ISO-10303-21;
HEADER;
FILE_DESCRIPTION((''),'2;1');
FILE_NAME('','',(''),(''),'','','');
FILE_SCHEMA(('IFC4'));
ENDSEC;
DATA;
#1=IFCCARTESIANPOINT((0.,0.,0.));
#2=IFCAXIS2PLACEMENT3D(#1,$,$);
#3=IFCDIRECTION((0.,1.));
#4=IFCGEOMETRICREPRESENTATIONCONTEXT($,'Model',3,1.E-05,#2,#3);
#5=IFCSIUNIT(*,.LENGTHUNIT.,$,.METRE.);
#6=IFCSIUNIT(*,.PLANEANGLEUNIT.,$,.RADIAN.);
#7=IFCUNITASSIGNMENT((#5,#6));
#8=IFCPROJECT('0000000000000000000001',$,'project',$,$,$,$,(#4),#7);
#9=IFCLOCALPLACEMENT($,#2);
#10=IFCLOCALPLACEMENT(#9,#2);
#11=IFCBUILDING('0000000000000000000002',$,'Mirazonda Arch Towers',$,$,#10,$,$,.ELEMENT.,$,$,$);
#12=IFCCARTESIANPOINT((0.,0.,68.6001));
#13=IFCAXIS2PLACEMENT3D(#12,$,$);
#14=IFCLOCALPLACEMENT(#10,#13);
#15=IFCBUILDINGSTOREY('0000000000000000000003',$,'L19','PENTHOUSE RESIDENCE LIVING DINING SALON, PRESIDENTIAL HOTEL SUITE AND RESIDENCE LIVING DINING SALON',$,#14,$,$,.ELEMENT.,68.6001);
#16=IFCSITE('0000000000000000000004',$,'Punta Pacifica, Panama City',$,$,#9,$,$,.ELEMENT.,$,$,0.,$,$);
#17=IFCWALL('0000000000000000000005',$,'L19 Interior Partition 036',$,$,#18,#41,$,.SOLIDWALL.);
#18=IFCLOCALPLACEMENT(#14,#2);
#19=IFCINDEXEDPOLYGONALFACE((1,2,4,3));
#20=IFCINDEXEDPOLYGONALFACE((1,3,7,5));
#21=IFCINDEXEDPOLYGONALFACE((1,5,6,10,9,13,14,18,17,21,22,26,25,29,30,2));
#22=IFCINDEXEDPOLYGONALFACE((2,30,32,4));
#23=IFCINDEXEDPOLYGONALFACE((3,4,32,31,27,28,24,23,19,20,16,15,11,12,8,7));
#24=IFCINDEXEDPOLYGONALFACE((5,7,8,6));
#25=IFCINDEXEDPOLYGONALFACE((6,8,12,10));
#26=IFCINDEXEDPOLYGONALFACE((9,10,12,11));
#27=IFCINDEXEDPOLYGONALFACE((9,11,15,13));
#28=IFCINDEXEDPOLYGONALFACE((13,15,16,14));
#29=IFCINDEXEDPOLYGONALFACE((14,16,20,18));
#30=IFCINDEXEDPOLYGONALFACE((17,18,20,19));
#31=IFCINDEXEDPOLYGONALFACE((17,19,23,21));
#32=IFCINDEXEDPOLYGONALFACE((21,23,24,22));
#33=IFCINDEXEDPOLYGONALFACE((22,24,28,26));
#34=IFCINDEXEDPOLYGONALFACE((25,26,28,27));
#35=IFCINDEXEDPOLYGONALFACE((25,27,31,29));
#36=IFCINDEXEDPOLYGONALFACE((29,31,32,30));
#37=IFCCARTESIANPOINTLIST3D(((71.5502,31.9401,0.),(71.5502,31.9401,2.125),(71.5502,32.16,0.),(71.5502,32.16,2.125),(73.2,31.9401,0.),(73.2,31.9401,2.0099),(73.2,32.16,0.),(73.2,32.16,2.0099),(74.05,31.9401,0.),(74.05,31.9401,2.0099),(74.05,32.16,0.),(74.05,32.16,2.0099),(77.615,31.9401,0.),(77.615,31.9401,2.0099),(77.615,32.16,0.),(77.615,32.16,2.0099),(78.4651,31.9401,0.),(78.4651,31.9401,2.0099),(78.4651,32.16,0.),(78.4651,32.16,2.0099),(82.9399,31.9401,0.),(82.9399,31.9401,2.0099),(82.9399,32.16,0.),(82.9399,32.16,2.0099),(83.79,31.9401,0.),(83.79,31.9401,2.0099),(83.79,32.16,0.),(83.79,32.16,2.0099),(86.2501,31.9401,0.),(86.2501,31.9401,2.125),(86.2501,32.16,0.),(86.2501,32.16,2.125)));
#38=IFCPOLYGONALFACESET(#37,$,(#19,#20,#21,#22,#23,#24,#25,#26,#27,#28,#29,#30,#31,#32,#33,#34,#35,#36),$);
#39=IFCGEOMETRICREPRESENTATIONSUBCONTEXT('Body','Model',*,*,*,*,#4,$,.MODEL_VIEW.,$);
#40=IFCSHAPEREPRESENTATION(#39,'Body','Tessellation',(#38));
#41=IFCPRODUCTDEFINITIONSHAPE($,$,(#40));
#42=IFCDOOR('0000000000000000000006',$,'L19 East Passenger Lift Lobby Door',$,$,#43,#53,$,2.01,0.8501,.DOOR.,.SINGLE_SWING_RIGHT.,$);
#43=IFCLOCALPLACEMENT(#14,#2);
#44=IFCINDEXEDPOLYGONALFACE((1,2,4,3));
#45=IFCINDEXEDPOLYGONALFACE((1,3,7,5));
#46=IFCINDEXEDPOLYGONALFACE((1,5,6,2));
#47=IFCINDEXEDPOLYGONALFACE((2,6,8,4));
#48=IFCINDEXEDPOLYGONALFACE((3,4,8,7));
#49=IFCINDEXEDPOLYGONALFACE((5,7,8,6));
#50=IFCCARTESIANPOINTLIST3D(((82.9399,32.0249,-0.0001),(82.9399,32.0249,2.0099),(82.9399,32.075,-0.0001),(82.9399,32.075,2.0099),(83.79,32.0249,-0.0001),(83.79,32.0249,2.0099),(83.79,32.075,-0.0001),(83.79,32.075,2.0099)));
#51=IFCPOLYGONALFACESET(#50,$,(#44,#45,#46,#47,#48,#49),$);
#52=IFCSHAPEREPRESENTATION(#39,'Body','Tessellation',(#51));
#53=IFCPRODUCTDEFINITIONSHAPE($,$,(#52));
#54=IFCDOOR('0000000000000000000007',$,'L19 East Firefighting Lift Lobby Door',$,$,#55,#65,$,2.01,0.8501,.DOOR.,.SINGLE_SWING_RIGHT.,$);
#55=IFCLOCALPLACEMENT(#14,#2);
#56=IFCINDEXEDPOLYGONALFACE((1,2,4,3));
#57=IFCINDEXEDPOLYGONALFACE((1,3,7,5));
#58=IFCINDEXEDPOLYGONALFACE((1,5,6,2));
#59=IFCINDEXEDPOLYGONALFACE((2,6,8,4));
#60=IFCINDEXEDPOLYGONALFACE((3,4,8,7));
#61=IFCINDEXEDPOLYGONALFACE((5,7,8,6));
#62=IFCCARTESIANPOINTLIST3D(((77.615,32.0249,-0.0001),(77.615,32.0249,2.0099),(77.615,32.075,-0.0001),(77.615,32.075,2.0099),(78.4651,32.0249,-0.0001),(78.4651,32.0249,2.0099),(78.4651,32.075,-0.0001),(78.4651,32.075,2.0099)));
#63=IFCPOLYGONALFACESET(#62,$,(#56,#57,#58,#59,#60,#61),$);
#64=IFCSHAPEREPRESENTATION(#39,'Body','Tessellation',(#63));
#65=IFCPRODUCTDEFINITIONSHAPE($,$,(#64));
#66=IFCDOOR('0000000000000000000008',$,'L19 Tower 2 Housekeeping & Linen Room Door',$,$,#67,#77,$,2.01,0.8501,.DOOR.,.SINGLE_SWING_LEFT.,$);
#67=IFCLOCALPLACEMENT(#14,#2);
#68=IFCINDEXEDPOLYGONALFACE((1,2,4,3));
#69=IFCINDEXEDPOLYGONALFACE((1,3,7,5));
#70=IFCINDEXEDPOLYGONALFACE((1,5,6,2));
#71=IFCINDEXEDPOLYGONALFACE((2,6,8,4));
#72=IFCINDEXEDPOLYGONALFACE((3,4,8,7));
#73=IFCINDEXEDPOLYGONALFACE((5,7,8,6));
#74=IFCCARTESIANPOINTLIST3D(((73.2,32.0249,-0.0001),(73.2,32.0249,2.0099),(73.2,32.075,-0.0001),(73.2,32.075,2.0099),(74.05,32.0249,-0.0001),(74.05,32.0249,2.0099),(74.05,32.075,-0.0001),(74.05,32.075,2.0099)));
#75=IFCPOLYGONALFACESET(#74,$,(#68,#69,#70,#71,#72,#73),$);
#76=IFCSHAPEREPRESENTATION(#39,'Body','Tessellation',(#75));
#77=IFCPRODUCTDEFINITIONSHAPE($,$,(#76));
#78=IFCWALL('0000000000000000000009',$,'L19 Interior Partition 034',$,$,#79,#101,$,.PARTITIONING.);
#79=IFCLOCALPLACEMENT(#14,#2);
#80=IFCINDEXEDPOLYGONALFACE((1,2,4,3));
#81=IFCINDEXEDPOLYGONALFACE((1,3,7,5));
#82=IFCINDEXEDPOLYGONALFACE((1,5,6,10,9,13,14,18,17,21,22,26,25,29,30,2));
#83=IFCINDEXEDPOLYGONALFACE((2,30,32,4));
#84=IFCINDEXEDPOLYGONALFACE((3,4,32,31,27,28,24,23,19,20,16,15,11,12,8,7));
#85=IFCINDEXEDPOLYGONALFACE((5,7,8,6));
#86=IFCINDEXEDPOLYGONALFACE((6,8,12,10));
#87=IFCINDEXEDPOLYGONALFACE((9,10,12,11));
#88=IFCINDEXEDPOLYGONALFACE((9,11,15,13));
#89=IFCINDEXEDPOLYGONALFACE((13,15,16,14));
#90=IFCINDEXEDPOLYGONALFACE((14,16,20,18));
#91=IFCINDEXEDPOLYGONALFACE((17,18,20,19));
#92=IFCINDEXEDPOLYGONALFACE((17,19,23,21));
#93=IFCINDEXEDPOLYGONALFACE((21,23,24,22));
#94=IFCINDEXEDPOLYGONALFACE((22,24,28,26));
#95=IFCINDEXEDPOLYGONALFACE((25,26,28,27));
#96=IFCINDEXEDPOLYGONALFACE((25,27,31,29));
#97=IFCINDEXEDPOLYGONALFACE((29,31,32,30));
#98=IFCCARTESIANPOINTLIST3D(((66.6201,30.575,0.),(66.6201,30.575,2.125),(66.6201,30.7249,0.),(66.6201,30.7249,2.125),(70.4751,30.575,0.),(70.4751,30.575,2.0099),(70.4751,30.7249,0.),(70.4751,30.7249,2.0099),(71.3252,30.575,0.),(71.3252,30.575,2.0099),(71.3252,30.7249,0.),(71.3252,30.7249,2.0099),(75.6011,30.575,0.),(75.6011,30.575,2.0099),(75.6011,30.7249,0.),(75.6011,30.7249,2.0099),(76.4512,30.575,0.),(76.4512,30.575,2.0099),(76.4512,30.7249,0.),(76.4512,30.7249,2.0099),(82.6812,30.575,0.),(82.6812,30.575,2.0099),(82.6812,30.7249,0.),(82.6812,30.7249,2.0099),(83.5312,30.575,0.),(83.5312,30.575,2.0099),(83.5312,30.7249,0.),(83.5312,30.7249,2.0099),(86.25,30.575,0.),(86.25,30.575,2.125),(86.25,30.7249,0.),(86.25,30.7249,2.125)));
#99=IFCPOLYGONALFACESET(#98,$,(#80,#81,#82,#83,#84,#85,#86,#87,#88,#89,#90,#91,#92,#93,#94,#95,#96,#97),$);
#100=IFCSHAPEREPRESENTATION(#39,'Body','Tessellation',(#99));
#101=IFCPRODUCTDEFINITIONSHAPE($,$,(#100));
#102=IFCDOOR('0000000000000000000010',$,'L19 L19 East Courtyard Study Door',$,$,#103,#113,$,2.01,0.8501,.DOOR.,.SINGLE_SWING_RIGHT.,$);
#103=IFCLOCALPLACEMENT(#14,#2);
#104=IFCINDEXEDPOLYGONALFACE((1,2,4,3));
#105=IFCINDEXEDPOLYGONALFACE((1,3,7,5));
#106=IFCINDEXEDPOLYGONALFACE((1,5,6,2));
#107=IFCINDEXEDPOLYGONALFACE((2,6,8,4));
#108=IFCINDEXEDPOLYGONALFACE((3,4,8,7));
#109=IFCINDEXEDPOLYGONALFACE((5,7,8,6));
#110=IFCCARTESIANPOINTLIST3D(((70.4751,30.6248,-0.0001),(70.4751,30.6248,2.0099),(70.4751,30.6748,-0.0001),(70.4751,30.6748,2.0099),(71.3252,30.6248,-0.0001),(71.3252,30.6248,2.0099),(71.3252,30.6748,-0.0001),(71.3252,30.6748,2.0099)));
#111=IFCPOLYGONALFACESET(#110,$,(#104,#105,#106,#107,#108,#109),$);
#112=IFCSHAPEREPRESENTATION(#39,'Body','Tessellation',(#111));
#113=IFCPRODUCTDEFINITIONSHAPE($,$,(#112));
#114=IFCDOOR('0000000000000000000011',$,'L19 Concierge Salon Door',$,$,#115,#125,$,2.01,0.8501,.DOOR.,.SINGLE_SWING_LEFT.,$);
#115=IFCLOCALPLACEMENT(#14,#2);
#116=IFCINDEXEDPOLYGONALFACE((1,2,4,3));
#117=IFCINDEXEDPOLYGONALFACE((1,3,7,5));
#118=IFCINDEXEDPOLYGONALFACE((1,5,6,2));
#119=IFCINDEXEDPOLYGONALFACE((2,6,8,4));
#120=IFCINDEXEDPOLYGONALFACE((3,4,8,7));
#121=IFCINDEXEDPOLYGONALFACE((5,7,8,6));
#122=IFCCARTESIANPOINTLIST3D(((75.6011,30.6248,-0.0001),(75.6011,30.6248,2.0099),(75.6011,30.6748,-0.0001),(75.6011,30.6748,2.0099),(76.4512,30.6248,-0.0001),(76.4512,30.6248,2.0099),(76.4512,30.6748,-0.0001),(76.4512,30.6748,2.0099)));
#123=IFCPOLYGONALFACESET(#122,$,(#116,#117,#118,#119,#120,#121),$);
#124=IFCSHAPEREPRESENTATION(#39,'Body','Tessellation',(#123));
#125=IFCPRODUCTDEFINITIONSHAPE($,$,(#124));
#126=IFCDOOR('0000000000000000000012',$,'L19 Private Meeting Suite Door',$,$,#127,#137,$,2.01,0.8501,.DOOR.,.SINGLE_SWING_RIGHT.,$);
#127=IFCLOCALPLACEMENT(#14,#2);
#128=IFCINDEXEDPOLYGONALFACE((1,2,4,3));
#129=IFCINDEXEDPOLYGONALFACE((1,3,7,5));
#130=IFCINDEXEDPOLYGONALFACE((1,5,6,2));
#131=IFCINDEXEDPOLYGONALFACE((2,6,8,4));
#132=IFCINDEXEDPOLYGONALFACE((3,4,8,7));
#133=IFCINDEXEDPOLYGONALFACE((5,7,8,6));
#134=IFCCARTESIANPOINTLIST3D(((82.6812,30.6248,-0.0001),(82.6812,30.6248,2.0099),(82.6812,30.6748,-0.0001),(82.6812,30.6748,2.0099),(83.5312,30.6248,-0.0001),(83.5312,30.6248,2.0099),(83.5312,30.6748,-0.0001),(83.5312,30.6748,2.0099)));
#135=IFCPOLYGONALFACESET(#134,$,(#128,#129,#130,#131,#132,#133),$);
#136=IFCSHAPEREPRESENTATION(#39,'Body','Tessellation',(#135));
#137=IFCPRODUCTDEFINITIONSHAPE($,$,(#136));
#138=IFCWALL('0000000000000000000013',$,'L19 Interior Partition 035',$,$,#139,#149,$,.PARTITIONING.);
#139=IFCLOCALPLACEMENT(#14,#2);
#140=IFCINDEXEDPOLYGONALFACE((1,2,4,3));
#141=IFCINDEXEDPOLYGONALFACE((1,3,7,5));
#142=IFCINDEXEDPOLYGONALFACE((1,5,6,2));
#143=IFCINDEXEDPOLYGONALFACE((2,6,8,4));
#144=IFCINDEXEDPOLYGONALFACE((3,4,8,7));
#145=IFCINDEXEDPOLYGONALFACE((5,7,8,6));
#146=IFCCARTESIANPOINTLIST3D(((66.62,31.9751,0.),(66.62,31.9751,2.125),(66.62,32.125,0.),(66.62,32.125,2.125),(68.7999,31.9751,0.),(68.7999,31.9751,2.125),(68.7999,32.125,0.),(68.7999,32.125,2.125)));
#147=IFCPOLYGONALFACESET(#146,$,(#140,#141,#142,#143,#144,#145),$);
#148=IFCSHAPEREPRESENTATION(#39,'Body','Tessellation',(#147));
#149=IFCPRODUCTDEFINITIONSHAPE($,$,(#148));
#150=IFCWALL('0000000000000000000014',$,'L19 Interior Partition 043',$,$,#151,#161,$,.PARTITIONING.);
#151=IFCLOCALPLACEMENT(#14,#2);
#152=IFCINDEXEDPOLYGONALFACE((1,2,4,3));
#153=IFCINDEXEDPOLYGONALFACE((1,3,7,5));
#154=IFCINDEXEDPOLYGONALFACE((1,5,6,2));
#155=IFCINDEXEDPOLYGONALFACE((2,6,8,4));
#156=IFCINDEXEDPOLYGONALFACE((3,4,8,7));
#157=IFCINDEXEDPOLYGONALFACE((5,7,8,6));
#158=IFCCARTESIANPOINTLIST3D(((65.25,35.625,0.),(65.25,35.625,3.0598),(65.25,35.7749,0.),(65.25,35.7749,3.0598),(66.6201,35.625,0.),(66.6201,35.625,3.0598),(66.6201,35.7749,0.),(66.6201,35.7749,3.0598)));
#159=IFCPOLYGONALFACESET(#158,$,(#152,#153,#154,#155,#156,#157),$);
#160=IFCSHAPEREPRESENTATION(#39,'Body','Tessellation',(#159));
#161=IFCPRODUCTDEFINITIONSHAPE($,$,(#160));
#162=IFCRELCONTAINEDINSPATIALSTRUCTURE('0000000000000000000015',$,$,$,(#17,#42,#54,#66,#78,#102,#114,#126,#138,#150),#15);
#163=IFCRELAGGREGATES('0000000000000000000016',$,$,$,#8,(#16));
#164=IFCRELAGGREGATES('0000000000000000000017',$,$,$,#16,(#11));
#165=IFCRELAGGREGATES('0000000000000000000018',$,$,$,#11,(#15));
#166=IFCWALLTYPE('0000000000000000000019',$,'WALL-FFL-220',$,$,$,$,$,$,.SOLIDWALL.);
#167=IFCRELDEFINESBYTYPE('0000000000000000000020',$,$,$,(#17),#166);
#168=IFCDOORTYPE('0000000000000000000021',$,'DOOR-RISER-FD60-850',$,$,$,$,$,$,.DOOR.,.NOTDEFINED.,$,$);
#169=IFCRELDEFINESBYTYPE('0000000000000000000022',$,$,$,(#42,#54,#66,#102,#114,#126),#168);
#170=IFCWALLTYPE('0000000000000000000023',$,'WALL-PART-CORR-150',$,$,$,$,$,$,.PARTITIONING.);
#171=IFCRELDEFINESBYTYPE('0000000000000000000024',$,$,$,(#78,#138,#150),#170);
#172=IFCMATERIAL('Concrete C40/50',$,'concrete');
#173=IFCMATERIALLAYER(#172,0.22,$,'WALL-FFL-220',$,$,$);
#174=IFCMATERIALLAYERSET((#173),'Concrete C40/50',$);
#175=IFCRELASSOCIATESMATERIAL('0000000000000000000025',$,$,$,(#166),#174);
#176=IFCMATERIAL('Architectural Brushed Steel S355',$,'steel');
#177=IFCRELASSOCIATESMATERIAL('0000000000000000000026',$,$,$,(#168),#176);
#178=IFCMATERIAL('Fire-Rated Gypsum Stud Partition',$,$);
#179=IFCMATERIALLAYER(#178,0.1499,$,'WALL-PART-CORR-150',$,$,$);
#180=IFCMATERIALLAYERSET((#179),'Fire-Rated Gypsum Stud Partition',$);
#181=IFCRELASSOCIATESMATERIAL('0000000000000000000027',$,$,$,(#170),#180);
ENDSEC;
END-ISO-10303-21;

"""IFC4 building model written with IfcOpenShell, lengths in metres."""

from ifc_helpers import new_model, si_unit, direction, frame, frame_2d, origin, place, context, subcontext, project, spatial, rectangle, extrude, material, layer, layer_set, type_object, element, fill, save


model = new_model("IFC4")

# Units and contexts
model_context = context("Model", 3, precision=1e-05, world=origin(), true_north=direction((0.0, 1.0)))
body_context = subcontext(model_context, "Body", "Model", "MODEL_VIEW")
ifc_project = project(units=[si_unit("LENGTHUNIT", "METRE"), si_unit("PLANEANGLEUNIT", "RADIAN")], contexts=[model_context])

# Site, building, storey
site_placement = place(None, origin())
site = spatial("IfcSite", under=ifc_project, at=site_placement, Name="Punta Pacifica, Panama City", CompositionType="ELEMENT", RefElevation=0.0)
building_placement = place(site_placement, origin())
building = spatial("IfcBuilding", under=site, at=building_placement, Name="Mirazonda Arch Towers", CompositionType="ELEMENT")
storey_placement = place(building_placement, frame((0.0, 0.0, 68.6001)))
storey = spatial("IfcBuildingStorey", under=building, at=storey_placement, Name="L19", Description="PENTHOUSE RESIDENCE LIVING DINING SALON, PRESIDENTIAL HOTEL SUITE AND RESIDENCE LIVING DINING SALON", CompositionType="ELEMENT", Elevation=68.6001)

# Walls, openings, doors
ifc_material_1 = material(Name="Architectural Brushed Steel S355", Category="steel")
ifc_material_2 = material(Name="Concrete C40/50", Category="concrete")
ifc_layer_1 = layer(ifc_material_2, 0.22, Name="WALL-FFL-220")
ifc_layer_set_1 = layer_set([ifc_layer_1], Name="Concrete C40/50")
wall_type_1 = type_object("IfcWallType", Name="WALL-FFL-220", PredefinedType="SOLIDWALL", material=ifc_layer_set_1)
wall_1_placement = place(storey_placement, frame((71.55, 32.05, 0.0), z_axis=(0.0, 0.0, 1.0), x_axis=(1.0, 0.0, 0.0)))
wall_1 = element("IfcWall", 1, at=wall_1_placement, inside=storey, type_object=wall_type_1, Name="L19 Interior Partition 036", PredefinedType="SOLIDWALL", context=body_context, shape_type="SweptSolid", body=[
    extrude(rectangle(XDim=14.7, YDim=0.22, at=frame_2d((7.3501, 0.0))), origin(), (0.0, 0.0, 1.0), 2.125),
])
opening_1_placement = place(wall_1_placement, frame((11.3899, 0.0, 0.0)))
opening_1 = element("IfcOpeningElement", 2, at=opening_1_placement, cuts=wall_1, PredefinedType="OPENING", context=body_context, shape_type="SweptSolid", body=[
    extrude(rectangle(XDim=0.8501, YDim=2.01, at=frame_2d((0.425, 1.0049))), frame((0.0, 0.1199, 0.0), z_axis=(0.0, -1.0, 0.0), x_axis=(1.0, 0.0, 0.0)), (0.0, 0.0, 1.0), 0.24),
])
opening_2_placement = place(wall_1_placement, frame((6.0649, 0.0, 0.0)))
opening_2 = element("IfcOpeningElement", 3, at=opening_2_placement, cuts=wall_1, PredefinedType="OPENING", context=body_context, shape_type="SweptSolid", body=[
    extrude(rectangle(XDim=0.8501, YDim=2.01, at=frame_2d((0.425, 1.0049))), frame((0.0, 0.1199, 0.0), z_axis=(0.0, -1.0, 0.0), x_axis=(1.0, 0.0, 0.0)), (0.0, 0.0, 1.0), 0.24),
])
opening_3_placement = place(wall_1_placement, frame((1.6499, 0.0, 0.0)))
opening_3 = element("IfcOpeningElement", 4, at=opening_3_placement, cuts=wall_1, PredefinedType="OPENING", context=body_context, shape_type="SweptSolid", body=[
    extrude(rectangle(XDim=0.8501, YDim=2.01, at=frame_2d((0.425, 1.0049))), frame((0.0, 0.1199, 0.0), z_axis=(0.0, -1.0, 0.0), x_axis=(1.0, 0.0, 0.0)), (0.0, 0.0, 1.0), 0.24),
])
door_type_1 = type_object("IfcDoorType", Name="DOOR-RISER-FD60-850", OperationType="NOTDEFINED", PredefinedType="DOOR", material=ifc_material_1)
door_1_placement = place(opening_1_placement, origin())
door_1 = element("IfcDoor", 5, at=door_1_placement, inside=storey, type_object=door_type_1, Name="L19 East Passenger Lift Lobby Door", OperationType="SINGLE_SWING_RIGHT", OverallHeight=2.01, OverallWidth=0.8501, PredefinedType="DOOR", context=body_context, shape_type="SweptSolid", body=[
    extrude(rectangle(XDim=0.8501, YDim=2.01, at=frame_2d((0.425, 1.0049))), frame((0.0, 0.0249, 0.0), z_axis=(0.0, -1.0, 0.0), x_axis=(1.0, 0.0, 0.0)), (0.0, 0.0, 1.0), 0.05),
])
fill(opening_1, door_1)
door_2_placement = place(opening_2_placement, origin())
door_2 = element("IfcDoor", 6, at=door_2_placement, inside=storey, type_object=door_type_1, Name="L19 East Firefighting Lift Lobby Door", OperationType="SINGLE_SWING_RIGHT", OverallHeight=2.01, OverallWidth=0.8501, PredefinedType="DOOR", context=body_context, shape_type="SweptSolid", body=[
    extrude(rectangle(XDim=0.8501, YDim=2.01, at=frame_2d((0.425, 1.0049))), frame((0.0, 0.0249, 0.0), z_axis=(0.0, -1.0, 0.0), x_axis=(1.0, 0.0, 0.0)), (0.0, 0.0, 1.0), 0.05),
])
fill(opening_2, door_2)
door_3_placement = place(opening_3_placement, origin())
door_3 = element("IfcDoor", 7, at=door_3_placement, inside=storey, type_object=door_type_1, Name="L19 Tower 2 Housekeeping & Linen Room Door", OperationType="SINGLE_SWING_LEFT", OverallHeight=2.01, OverallWidth=0.8501, PredefinedType="DOOR", context=body_context, shape_type="SweptSolid", body=[
    extrude(rectangle(XDim=0.8501, YDim=2.01, at=frame_2d((0.425, 1.0049))), frame((0.0, 0.0249, 0.0), z_axis=(0.0, -1.0, 0.0), x_axis=(1.0, 0.0, 0.0)), (0.0, 0.0, 1.0), 0.05),
])
fill(opening_3, door_3)
ifc_material_3 = material(Name="Fire-Rated Gypsum Stud Partition")
ifc_layer_2 = layer(ifc_material_3, 0.1499, Name="WALL-PART-CORR-150")
ifc_layer_set_2 = layer_set([ifc_layer_2], Name="Fire-Rated Gypsum Stud Partition")
wall_type_2 = type_object("IfcWallType", Name="WALL-PART-CORR-150", PredefinedType="PARTITIONING", material=ifc_layer_set_2)
wall_2_placement = place(storey_placement, frame((66.6201, 30.6499, 0.0), z_axis=(0.0, 0.0, 1.0), x_axis=(1.0, 0.0, 0.0)))
wall_2 = element("IfcWall", 8, at=wall_2_placement, inside=storey, type_object=wall_type_2, Name="L19 Interior Partition 034", PredefinedType="PARTITIONING", context=body_context, shape_type="SweptSolid", body=[
    extrude(rectangle(XDim=19.6299, YDim=0.1499, at=frame_2d((9.8149, 0.0))), origin(), (0.0, 0.0, 1.0), 2.125),
])
opening_4_placement = place(wall_2_placement, frame((3.855, 0.0, 0.0)))
opening_4 = element("IfcOpeningElement", 9, at=opening_4_placement, cuts=wall_2, PredefinedType="OPENING", context=body_context, shape_type="SweptSolid", body=[
    extrude(rectangle(XDim=0.8501, YDim=2.01, at=frame_2d((0.425, 1.0049))), frame((0.0, 0.085, 0.0), z_axis=(0.0, -1.0, 0.0), x_axis=(1.0, 0.0, 0.0)), (0.0, 0.0, 1.0), 0.1699),
])
opening_5_placement = place(wall_2_placement, frame((8.981, 0.0, 0.0)))
opening_5 = element("IfcOpeningElement", 10, at=opening_5_placement, cuts=wall_2, PredefinedType="OPENING", context=body_context, shape_type="SweptSolid", body=[
    extrude(rectangle(XDim=0.8501, YDim=2.01, at=frame_2d((0.425, 1.0049))), frame((0.0, 0.085, 0.0), z_axis=(0.0, -1.0, 0.0), x_axis=(1.0, 0.0, 0.0)), (0.0, 0.0, 1.0), 0.1699),
])
opening_6_placement = place(wall_2_placement, frame((16.061, 0.0, 0.0)))
opening_6 = element("IfcOpeningElement", 11, at=opening_6_placement, cuts=wall_2, PredefinedType="OPENING", context=body_context, shape_type="SweptSolid", body=[
    extrude(rectangle(XDim=0.8501, YDim=2.01, at=frame_2d((0.425, 1.0049))), frame((0.0, 0.085, 0.0), z_axis=(0.0, -1.0, 0.0), x_axis=(1.0, 0.0, 0.0)), (0.0, 0.0, 1.0), 0.1699),
])
door_4_placement = place(opening_4_placement, origin())
door_4 = element("IfcDoor", 12, at=door_4_placement, inside=storey, type_object=door_type_1, Name="L19 L19 East Courtyard Study Door", OperationType="SINGLE_SWING_RIGHT", OverallHeight=2.01, OverallWidth=0.8501, PredefinedType="DOOR", context=body_context, shape_type="SweptSolid", body=[
    extrude(rectangle(XDim=0.8501, YDim=2.01, at=frame_2d((0.425, 1.0049))), frame((0.0, 0.0249, 0.0), z_axis=(0.0, -1.0, 0.0), x_axis=(1.0, 0.0, 0.0)), (0.0, 0.0, 1.0), 0.05),
])
fill(opening_4, door_4)
door_5_placement = place(opening_5_placement, origin())
door_5 = element("IfcDoor", 13, at=door_5_placement, inside=storey, type_object=door_type_1, Name="L19 Concierge Salon Door", OperationType="SINGLE_SWING_LEFT", OverallHeight=2.01, OverallWidth=0.8501, PredefinedType="DOOR", context=body_context, shape_type="SweptSolid", body=[
    extrude(rectangle(XDim=0.8501, YDim=2.01, at=frame_2d((0.425, 1.0049))), frame((0.0, 0.0249, 0.0), z_axis=(0.0, -1.0, 0.0), x_axis=(1.0, 0.0, 0.0)), (0.0, 0.0, 1.0), 0.05),
])
fill(opening_5, door_5)
door_6_placement = place(opening_6_placement, origin())
door_6 = element("IfcDoor", 14, at=door_6_placement, inside=storey, type_object=door_type_1, Name="L19 Private Meeting Suite Door", OperationType="SINGLE_SWING_RIGHT", OverallHeight=2.01, OverallWidth=0.8501, PredefinedType="DOOR", context=body_context, shape_type="SweptSolid", body=[
    extrude(rectangle(XDim=0.8501, YDim=2.01, at=frame_2d((0.425, 1.0049))), frame((0.0, 0.0249, 0.0), z_axis=(0.0, -1.0, 0.0), x_axis=(1.0, 0.0, 0.0)), (0.0, 0.0, 1.0), 0.05),
])
fill(opening_6, door_6)

# Walls
wall_3_placement = place(storey_placement, frame((66.6201, 32.05, 0.0), z_axis=(0.0, 0.0, 1.0), x_axis=(1.0, 0.0, 0.0)))
element("IfcWall", 15, at=wall_3_placement, inside=storey, type_object=wall_type_2, Name="L19 Interior Partition 035", PredefinedType="PARTITIONING", context=body_context, shape_type="SweptSolid", body=[
    extrude(rectangle(XDim=2.1799, YDim=0.1499, at=frame_2d((1.0898, 0.0))), origin(), (0.0, 0.0, 1.0), 2.125),
])
wall_4_placement = place(storey_placement, frame((65.25, 35.7, 0.0), z_axis=(0.0, 0.0, 1.0), x_axis=(1.0, 0.0, 0.0)))
element("IfcWall", 16, at=wall_4_placement, inside=storey, type_object=wall_type_2, Name="L19 Interior Partition 043", PredefinedType="PARTITIONING", context=body_context, shape_type="SweptSolid", body=[
    extrude(rectangle(XDim=1.3701, YDim=0.1499, at=frame_2d((0.6851, 0.0))), origin(), (0.0, 0.0, 1.0), 3.0598),
])

save(model, "model.ifc")
